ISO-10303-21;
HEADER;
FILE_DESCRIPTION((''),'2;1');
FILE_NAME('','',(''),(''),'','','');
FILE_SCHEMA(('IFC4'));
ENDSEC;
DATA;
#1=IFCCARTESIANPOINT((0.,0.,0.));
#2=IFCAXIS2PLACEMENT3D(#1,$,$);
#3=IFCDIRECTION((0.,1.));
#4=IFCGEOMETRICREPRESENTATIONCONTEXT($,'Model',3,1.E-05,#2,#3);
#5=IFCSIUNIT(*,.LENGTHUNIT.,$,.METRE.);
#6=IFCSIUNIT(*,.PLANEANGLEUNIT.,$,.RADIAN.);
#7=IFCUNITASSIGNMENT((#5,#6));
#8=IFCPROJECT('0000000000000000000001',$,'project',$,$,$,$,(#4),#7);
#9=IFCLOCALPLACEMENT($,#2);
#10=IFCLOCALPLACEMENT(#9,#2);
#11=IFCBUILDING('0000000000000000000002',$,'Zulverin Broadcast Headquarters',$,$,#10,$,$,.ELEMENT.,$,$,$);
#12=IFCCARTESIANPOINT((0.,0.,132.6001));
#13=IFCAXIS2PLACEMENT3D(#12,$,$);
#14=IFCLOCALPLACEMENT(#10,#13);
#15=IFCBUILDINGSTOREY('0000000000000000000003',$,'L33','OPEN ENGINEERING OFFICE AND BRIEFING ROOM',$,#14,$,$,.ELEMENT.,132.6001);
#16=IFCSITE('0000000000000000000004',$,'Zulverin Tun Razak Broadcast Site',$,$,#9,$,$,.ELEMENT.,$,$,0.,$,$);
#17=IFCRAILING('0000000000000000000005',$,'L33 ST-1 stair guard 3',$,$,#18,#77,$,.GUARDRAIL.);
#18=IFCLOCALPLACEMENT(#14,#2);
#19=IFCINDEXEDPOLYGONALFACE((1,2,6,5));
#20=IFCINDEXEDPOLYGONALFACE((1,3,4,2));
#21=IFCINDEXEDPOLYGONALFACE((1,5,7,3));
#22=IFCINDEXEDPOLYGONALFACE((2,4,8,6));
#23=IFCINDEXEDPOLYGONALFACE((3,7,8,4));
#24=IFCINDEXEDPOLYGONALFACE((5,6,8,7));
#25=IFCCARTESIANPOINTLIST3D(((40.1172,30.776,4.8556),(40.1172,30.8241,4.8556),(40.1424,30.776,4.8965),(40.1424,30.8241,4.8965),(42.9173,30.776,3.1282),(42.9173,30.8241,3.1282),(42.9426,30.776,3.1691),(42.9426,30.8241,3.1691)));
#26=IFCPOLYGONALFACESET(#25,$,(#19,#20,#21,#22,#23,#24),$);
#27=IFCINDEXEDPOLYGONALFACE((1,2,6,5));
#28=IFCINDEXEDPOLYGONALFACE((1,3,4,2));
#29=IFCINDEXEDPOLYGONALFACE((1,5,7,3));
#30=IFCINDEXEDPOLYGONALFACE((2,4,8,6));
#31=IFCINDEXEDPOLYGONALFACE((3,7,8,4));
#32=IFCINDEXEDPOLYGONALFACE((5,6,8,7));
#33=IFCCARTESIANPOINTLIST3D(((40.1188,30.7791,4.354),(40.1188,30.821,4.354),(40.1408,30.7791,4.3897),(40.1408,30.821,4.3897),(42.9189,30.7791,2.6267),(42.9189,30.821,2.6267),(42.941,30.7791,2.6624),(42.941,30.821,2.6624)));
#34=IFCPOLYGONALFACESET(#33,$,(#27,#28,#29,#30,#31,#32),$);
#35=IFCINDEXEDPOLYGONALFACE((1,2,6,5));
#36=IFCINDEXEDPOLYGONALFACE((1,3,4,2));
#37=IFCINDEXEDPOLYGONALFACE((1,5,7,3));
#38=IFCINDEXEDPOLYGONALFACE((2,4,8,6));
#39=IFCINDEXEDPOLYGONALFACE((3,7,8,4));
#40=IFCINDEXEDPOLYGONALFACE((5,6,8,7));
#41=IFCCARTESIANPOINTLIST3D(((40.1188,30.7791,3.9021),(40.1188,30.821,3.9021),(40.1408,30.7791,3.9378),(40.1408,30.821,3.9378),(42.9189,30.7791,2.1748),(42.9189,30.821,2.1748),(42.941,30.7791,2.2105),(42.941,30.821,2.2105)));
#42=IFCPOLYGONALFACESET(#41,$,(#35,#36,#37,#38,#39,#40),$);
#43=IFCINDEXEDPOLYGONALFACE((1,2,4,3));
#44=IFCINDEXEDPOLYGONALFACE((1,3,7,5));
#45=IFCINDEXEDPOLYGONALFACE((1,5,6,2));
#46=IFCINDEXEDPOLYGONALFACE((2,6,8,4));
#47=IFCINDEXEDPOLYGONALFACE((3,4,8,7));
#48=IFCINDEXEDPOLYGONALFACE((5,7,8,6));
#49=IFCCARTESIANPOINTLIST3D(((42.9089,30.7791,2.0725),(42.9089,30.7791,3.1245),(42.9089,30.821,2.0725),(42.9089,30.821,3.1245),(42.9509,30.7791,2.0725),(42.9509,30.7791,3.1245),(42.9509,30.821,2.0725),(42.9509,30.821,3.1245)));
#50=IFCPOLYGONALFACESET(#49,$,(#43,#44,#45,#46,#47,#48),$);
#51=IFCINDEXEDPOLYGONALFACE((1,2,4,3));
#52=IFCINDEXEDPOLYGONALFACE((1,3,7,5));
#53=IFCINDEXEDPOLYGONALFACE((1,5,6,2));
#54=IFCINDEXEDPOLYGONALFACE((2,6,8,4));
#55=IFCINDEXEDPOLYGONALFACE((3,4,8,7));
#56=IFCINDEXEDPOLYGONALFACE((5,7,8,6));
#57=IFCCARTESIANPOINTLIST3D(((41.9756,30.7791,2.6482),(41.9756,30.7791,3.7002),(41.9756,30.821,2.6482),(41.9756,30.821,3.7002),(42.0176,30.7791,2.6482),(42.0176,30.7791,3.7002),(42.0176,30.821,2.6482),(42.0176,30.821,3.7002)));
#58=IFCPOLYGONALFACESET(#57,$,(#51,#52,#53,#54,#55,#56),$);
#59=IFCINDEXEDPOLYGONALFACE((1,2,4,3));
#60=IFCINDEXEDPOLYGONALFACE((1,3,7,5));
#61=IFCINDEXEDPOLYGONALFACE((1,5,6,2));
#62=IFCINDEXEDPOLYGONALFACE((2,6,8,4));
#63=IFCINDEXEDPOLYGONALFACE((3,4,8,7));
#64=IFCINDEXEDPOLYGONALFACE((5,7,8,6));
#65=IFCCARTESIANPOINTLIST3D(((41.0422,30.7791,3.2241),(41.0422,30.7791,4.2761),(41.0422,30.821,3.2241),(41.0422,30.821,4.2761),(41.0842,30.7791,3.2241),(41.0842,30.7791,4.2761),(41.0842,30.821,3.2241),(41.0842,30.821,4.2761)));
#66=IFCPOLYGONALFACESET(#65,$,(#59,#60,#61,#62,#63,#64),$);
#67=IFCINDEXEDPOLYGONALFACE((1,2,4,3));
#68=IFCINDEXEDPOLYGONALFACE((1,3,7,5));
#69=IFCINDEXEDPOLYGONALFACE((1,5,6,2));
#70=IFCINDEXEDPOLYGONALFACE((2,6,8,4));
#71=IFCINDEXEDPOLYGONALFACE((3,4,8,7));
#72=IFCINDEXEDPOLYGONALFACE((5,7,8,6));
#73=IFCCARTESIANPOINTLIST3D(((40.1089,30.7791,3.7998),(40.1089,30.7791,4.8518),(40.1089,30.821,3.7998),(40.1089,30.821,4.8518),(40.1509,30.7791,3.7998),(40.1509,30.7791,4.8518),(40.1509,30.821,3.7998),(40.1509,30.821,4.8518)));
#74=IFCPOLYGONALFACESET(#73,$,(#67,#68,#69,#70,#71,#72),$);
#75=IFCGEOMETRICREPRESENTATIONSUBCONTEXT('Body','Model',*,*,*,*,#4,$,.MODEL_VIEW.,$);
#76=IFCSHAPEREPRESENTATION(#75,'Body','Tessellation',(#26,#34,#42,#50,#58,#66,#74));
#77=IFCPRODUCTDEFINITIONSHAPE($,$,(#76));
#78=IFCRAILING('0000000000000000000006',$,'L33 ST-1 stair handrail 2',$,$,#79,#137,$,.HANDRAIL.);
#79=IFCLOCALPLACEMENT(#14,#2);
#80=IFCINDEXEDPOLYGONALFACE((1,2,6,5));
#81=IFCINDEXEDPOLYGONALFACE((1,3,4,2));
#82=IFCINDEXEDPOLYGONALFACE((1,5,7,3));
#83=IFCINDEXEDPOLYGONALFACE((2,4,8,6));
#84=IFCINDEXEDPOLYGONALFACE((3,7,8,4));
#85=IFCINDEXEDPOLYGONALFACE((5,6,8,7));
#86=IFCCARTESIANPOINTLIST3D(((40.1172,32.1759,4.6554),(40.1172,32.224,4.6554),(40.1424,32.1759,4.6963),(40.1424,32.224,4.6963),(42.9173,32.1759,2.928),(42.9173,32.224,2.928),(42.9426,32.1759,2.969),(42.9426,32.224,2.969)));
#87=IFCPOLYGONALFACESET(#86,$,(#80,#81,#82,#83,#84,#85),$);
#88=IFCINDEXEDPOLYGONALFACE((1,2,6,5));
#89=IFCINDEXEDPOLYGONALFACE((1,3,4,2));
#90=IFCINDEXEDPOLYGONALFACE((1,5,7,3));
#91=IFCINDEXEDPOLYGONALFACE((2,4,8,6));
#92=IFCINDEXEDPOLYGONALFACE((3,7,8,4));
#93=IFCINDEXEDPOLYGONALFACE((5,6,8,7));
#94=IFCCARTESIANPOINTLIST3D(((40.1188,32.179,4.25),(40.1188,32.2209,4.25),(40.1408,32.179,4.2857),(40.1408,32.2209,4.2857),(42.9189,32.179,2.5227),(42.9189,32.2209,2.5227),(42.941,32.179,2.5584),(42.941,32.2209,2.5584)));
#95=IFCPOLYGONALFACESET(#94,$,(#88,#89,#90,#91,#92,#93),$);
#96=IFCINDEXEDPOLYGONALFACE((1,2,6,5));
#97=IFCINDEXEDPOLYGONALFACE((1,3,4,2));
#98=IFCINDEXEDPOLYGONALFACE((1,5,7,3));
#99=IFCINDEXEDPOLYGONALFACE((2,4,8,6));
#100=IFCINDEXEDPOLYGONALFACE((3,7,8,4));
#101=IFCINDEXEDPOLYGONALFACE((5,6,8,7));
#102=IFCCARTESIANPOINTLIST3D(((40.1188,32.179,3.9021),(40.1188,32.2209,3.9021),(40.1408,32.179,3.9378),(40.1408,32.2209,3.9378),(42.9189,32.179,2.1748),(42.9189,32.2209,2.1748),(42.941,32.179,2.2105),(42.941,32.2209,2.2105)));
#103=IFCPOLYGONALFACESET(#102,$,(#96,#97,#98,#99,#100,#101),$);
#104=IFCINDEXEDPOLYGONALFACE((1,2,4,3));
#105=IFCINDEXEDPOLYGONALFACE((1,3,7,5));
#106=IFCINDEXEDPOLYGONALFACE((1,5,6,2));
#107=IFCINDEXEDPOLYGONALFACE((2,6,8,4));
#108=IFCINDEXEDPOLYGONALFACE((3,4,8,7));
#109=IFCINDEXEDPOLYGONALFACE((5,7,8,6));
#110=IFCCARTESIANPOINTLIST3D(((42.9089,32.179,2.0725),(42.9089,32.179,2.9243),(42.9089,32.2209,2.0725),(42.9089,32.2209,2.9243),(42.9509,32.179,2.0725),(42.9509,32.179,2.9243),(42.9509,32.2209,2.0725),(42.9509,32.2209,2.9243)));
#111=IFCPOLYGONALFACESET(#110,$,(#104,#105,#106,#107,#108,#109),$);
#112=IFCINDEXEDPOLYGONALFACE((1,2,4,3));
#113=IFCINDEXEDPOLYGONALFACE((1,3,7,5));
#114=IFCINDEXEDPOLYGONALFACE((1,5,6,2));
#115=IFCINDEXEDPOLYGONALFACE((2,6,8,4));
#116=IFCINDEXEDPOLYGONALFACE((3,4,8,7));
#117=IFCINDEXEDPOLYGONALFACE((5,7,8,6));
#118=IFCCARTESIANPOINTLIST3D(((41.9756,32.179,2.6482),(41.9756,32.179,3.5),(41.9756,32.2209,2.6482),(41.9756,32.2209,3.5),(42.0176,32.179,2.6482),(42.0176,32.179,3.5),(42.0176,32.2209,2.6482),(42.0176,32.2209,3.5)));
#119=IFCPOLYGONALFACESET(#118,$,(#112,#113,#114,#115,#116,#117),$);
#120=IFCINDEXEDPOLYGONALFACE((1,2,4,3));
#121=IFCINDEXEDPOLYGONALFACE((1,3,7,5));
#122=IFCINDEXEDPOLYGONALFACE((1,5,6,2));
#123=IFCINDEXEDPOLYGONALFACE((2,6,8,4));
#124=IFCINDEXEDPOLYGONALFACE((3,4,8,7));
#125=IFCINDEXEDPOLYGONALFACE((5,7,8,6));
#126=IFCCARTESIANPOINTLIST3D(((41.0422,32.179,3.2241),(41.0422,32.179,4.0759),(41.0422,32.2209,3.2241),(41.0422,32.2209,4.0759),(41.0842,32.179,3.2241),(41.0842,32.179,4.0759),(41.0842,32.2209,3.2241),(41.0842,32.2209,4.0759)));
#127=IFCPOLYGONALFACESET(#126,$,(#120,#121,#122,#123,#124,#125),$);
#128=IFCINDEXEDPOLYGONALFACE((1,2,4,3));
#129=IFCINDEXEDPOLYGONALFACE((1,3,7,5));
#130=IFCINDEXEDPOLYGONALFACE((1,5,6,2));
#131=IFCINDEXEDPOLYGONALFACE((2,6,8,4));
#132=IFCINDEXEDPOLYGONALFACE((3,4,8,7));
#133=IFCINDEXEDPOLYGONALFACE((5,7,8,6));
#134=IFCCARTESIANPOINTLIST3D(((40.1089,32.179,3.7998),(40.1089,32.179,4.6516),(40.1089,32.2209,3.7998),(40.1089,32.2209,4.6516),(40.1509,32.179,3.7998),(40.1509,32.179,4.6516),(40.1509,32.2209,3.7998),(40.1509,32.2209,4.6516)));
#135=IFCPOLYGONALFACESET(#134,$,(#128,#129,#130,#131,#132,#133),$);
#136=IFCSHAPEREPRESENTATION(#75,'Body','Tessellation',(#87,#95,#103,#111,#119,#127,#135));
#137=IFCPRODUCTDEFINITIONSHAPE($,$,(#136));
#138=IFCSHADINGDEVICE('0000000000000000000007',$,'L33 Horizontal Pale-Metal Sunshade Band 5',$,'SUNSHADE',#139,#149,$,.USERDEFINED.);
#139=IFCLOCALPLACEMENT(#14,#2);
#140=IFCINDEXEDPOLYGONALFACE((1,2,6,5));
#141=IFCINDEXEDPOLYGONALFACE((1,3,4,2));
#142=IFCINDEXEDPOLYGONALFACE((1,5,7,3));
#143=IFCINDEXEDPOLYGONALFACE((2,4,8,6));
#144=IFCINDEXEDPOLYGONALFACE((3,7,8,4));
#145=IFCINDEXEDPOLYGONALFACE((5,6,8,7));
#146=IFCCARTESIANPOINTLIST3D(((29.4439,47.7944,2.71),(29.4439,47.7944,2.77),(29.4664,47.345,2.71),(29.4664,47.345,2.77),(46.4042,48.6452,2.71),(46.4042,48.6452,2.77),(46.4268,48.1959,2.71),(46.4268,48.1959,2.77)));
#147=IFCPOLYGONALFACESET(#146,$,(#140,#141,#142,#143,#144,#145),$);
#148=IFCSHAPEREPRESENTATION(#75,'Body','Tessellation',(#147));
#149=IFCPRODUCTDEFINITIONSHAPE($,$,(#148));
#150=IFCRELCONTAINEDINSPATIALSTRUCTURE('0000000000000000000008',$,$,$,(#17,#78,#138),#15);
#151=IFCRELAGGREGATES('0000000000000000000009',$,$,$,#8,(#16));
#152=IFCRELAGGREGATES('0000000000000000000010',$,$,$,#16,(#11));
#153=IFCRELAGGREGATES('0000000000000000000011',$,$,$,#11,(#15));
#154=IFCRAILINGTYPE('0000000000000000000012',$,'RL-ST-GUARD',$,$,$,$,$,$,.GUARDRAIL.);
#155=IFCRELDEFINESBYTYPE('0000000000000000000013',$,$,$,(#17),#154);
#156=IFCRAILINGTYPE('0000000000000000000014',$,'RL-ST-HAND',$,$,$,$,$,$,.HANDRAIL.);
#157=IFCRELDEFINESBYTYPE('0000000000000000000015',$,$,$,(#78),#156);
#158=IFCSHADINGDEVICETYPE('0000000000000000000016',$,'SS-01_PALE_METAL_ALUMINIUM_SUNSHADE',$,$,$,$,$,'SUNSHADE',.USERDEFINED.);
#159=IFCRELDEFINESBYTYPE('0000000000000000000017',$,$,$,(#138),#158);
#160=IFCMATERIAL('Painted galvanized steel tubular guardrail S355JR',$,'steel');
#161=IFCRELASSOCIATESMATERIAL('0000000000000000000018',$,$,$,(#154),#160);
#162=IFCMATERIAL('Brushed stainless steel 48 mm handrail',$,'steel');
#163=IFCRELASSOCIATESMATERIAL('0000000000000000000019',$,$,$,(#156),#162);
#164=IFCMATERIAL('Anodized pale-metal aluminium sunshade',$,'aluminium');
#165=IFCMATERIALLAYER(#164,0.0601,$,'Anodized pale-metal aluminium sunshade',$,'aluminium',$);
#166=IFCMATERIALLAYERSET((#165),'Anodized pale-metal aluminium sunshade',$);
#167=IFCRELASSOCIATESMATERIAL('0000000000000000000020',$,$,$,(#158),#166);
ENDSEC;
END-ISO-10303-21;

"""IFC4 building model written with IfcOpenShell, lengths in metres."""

from ifc_helpers import new_model, si_unit, direction, frame, origin, origin_2d, place, context, subcontext, project, spatial, rectangle, extrude, material, layer, layer_set, type_object, element, save


model = new_model("IFC4")

# Units and contexts
model_context = context("Model", 3, precision=1e-05, world=origin(), true_north=direction((0.0, 1.0)))
body_context = subcontext(model_context, "Body", "Model", "MODEL_VIEW")
ifc_project = project(units=[si_unit("LENGTHUNIT", "METRE"), si_unit("PLANEANGLEUNIT", "RADIAN")], contexts=[model_context])

# Site, building, storey
site_placement = place(None, origin())
site = spatial("IfcSite", under=ifc_project, at=site_placement, Name="Zulverin Tun Razak Broadcast Site", CompositionType="ELEMENT", RefElevation=0.0)
building_placement = place(site_placement, origin())
building = spatial("IfcBuilding", under=site, at=building_placement, Name="Zulverin Broadcast Headquarters", CompositionType="ELEMENT")
storey_placement = place(building_placement, frame((0.0, 0.0, 132.6001)))
storey = spatial("IfcBuildingStorey", under=building, at=storey_placement, Name="L33", Description="OPEN ENGINEERING OFFICE AND BRIEFING ROOM", CompositionType="ELEMENT", Elevation=132.6001)

# Railings
ifc_material_1 = material(Name="Painted galvanized steel tubular guardrail S355JR", Category="steel")
railing_type_1 = type_object("IfcRailingType", Name="RL-ST-GUARD", PredefinedType="GUARDRAIL", material=ifc_material_1)
railing_1_placement = place(storey_placement, frame((42.9299, 30.8, 2.0725)))
element("IfcRailing", 1, at=railing_1_placement, inside=storey, type_object=railing_type_1, Name="L33 ST-1 stair guard 3", PredefinedType="GUARDRAIL", context=body_context, shape_type="SweptSolid", body=[
    extrude(rectangle(XDim=0.0481, YDim=0.0481, at=origin_2d()), frame((0.0, 0.0, 1.0762), z_axis=(-0.85109, 0.0, 0.52502), x_axis=(0.0, -1.0, 0.0)), (0.0, 0.0, 1.0), 3.29),
    extrude(rectangle(XDim=0.042, YDim=0.042, at=origin_2d()), frame((0.0, 0.0, 0.572), z_axis=(-0.85109, 0.0, 0.52502), x_axis=(0.0, -1.0, 0.0)), (0.0, 0.0, 1.0), 3.29),
    extrude(rectangle(XDim=0.042, YDim=0.042, at=origin_2d()), frame((0.0, 0.0, 0.1201), z_axis=(-0.85109, 0.0, 0.52502), x_axis=(0.0, -1.0, 0.0)), (0.0, 0.0, 1.0), 3.29),
    extrude(rectangle(XDim=0.042, YDim=0.042, at=origin_2d()), origin(), (0.0, 0.0, 1.0), 1.052),
    extrude(rectangle(XDim=0.042, YDim=0.042, at=origin_2d()), frame((-0.9333, 0.0, 0.5757)), (0.0, 0.0, 1.0), 1.052),
    extrude(rectangle(XDim=0.042, YDim=0.042, at=origin_2d()), frame((-1.8667, 0.0, 1.1516)), (0.0, 0.0, 1.0), 1.052),
    extrude(rectangle(XDim=0.042, YDim=0.042, at=origin_2d()), frame((-2.8, 0.0, 1.7273)), (0.0, 0.0, 1.0), 1.052),
])
ifc_material_2 = material(Name="Brushed stainless steel 48 mm handrail", Category="steel")
railing_type_2 = type_object("IfcRailingType", Name="RL-ST-HAND", PredefinedType="HANDRAIL", material=ifc_material_2)
railing_2_placement = place(storey_placement, frame((42.9299, 32.2, 2.0725)))
element("IfcRailing", 2, at=railing_2_placement, inside=storey, type_object=railing_type_2, Name="L33 ST-1 stair handrail 2", PredefinedType="HANDRAIL", context=body_context, shape_type="SweptSolid", body=[
    extrude(rectangle(XDim=0.0481, YDim=0.0481, at=origin_2d()), frame((0.0, 0.0, 0.876), z_axis=(-0.85109, 0.0, 0.52502), x_axis=(0.0, -1.0, 0.0)), (0.0, 0.0, 1.0), 3.29),
    extrude(rectangle(XDim=0.042, YDim=0.042, at=origin_2d()), frame((0.0, 0.0, 0.468), z_axis=(-0.85109, 0.0, 0.52502), x_axis=(0.0, -1.0, 0.0)), (0.0, 0.0, 1.0), 3.29),
    extrude(rectangle(XDim=0.042, YDim=0.042, at=origin_2d()), frame((0.0, 0.0, 0.1201), z_axis=(-0.85109, 0.0, 0.52502), x_axis=(0.0, -1.0, 0.0)), (0.0, 0.0, 1.0), 3.29),
    extrude(rectangle(XDim=0.042, YDim=0.042, at=origin_2d()), origin(), (0.0, 0.0, 1.0), 0.8518),
    extrude(rectangle(XDim=0.042, YDim=0.042, at=origin_2d()), frame((-0.9333, 0.0, 0.5757)), (0.0, 0.0, 1.0), 0.8518),
    extrude(rectangle(XDim=0.042, YDim=0.042, at=origin_2d()), frame((-1.8667, 0.0, 1.1516)), (0.0, 0.0, 1.0), 0.8518),
    extrude(rectangle(XDim=0.042, YDim=0.042, at=origin_2d()), frame((-2.8, 0.0, 1.7273)), (0.0, 0.0, 1.0), 0.8518),
])

# Shading device
ifc_material_3 = material(Name="Anodized pale-metal aluminium sunshade", Category="aluminium")
ifc_layer_1 = layer(ifc_material_3, 0.0601, Name="Anodized pale-metal aluminium sunshade", Category="aluminium")
ifc_layer_set_1 = layer_set([ifc_layer_1], Name="Anodized pale-metal aluminium sunshade")
shading_device_type = type_object("IfcShadingDeviceType", Name="SS-01_PALE_METAL_ALUMINIUM_SUNSHADE", ElementType="SUNSHADE", PredefinedType="USERDEFINED", material=ifc_layer_set_1)
shading_device_placement = place(storey_placement, frame((37.9353, 47.9951, 2.71), z_axis=(0.0, 0.0, 1.0), x_axis=(-0.998744, -0.050105, 0.0)))
element("IfcShadingDevice", 3, at=shading_device_placement, inside=storey, type_object=shading_device_type, Name="L33 Horizontal Pale-Metal Sunshade Band 5", ObjectType="SUNSHADE", PredefinedType="USERDEFINED", context=body_context, shape_type="SweptSolid", body=[
    extrude(rectangle(XDim=16.9817, YDim=0.45, at=origin_2d()), origin(), (0.0, 0.0, 1.0), 0.0601),
])

save(model, "model.ifc")
